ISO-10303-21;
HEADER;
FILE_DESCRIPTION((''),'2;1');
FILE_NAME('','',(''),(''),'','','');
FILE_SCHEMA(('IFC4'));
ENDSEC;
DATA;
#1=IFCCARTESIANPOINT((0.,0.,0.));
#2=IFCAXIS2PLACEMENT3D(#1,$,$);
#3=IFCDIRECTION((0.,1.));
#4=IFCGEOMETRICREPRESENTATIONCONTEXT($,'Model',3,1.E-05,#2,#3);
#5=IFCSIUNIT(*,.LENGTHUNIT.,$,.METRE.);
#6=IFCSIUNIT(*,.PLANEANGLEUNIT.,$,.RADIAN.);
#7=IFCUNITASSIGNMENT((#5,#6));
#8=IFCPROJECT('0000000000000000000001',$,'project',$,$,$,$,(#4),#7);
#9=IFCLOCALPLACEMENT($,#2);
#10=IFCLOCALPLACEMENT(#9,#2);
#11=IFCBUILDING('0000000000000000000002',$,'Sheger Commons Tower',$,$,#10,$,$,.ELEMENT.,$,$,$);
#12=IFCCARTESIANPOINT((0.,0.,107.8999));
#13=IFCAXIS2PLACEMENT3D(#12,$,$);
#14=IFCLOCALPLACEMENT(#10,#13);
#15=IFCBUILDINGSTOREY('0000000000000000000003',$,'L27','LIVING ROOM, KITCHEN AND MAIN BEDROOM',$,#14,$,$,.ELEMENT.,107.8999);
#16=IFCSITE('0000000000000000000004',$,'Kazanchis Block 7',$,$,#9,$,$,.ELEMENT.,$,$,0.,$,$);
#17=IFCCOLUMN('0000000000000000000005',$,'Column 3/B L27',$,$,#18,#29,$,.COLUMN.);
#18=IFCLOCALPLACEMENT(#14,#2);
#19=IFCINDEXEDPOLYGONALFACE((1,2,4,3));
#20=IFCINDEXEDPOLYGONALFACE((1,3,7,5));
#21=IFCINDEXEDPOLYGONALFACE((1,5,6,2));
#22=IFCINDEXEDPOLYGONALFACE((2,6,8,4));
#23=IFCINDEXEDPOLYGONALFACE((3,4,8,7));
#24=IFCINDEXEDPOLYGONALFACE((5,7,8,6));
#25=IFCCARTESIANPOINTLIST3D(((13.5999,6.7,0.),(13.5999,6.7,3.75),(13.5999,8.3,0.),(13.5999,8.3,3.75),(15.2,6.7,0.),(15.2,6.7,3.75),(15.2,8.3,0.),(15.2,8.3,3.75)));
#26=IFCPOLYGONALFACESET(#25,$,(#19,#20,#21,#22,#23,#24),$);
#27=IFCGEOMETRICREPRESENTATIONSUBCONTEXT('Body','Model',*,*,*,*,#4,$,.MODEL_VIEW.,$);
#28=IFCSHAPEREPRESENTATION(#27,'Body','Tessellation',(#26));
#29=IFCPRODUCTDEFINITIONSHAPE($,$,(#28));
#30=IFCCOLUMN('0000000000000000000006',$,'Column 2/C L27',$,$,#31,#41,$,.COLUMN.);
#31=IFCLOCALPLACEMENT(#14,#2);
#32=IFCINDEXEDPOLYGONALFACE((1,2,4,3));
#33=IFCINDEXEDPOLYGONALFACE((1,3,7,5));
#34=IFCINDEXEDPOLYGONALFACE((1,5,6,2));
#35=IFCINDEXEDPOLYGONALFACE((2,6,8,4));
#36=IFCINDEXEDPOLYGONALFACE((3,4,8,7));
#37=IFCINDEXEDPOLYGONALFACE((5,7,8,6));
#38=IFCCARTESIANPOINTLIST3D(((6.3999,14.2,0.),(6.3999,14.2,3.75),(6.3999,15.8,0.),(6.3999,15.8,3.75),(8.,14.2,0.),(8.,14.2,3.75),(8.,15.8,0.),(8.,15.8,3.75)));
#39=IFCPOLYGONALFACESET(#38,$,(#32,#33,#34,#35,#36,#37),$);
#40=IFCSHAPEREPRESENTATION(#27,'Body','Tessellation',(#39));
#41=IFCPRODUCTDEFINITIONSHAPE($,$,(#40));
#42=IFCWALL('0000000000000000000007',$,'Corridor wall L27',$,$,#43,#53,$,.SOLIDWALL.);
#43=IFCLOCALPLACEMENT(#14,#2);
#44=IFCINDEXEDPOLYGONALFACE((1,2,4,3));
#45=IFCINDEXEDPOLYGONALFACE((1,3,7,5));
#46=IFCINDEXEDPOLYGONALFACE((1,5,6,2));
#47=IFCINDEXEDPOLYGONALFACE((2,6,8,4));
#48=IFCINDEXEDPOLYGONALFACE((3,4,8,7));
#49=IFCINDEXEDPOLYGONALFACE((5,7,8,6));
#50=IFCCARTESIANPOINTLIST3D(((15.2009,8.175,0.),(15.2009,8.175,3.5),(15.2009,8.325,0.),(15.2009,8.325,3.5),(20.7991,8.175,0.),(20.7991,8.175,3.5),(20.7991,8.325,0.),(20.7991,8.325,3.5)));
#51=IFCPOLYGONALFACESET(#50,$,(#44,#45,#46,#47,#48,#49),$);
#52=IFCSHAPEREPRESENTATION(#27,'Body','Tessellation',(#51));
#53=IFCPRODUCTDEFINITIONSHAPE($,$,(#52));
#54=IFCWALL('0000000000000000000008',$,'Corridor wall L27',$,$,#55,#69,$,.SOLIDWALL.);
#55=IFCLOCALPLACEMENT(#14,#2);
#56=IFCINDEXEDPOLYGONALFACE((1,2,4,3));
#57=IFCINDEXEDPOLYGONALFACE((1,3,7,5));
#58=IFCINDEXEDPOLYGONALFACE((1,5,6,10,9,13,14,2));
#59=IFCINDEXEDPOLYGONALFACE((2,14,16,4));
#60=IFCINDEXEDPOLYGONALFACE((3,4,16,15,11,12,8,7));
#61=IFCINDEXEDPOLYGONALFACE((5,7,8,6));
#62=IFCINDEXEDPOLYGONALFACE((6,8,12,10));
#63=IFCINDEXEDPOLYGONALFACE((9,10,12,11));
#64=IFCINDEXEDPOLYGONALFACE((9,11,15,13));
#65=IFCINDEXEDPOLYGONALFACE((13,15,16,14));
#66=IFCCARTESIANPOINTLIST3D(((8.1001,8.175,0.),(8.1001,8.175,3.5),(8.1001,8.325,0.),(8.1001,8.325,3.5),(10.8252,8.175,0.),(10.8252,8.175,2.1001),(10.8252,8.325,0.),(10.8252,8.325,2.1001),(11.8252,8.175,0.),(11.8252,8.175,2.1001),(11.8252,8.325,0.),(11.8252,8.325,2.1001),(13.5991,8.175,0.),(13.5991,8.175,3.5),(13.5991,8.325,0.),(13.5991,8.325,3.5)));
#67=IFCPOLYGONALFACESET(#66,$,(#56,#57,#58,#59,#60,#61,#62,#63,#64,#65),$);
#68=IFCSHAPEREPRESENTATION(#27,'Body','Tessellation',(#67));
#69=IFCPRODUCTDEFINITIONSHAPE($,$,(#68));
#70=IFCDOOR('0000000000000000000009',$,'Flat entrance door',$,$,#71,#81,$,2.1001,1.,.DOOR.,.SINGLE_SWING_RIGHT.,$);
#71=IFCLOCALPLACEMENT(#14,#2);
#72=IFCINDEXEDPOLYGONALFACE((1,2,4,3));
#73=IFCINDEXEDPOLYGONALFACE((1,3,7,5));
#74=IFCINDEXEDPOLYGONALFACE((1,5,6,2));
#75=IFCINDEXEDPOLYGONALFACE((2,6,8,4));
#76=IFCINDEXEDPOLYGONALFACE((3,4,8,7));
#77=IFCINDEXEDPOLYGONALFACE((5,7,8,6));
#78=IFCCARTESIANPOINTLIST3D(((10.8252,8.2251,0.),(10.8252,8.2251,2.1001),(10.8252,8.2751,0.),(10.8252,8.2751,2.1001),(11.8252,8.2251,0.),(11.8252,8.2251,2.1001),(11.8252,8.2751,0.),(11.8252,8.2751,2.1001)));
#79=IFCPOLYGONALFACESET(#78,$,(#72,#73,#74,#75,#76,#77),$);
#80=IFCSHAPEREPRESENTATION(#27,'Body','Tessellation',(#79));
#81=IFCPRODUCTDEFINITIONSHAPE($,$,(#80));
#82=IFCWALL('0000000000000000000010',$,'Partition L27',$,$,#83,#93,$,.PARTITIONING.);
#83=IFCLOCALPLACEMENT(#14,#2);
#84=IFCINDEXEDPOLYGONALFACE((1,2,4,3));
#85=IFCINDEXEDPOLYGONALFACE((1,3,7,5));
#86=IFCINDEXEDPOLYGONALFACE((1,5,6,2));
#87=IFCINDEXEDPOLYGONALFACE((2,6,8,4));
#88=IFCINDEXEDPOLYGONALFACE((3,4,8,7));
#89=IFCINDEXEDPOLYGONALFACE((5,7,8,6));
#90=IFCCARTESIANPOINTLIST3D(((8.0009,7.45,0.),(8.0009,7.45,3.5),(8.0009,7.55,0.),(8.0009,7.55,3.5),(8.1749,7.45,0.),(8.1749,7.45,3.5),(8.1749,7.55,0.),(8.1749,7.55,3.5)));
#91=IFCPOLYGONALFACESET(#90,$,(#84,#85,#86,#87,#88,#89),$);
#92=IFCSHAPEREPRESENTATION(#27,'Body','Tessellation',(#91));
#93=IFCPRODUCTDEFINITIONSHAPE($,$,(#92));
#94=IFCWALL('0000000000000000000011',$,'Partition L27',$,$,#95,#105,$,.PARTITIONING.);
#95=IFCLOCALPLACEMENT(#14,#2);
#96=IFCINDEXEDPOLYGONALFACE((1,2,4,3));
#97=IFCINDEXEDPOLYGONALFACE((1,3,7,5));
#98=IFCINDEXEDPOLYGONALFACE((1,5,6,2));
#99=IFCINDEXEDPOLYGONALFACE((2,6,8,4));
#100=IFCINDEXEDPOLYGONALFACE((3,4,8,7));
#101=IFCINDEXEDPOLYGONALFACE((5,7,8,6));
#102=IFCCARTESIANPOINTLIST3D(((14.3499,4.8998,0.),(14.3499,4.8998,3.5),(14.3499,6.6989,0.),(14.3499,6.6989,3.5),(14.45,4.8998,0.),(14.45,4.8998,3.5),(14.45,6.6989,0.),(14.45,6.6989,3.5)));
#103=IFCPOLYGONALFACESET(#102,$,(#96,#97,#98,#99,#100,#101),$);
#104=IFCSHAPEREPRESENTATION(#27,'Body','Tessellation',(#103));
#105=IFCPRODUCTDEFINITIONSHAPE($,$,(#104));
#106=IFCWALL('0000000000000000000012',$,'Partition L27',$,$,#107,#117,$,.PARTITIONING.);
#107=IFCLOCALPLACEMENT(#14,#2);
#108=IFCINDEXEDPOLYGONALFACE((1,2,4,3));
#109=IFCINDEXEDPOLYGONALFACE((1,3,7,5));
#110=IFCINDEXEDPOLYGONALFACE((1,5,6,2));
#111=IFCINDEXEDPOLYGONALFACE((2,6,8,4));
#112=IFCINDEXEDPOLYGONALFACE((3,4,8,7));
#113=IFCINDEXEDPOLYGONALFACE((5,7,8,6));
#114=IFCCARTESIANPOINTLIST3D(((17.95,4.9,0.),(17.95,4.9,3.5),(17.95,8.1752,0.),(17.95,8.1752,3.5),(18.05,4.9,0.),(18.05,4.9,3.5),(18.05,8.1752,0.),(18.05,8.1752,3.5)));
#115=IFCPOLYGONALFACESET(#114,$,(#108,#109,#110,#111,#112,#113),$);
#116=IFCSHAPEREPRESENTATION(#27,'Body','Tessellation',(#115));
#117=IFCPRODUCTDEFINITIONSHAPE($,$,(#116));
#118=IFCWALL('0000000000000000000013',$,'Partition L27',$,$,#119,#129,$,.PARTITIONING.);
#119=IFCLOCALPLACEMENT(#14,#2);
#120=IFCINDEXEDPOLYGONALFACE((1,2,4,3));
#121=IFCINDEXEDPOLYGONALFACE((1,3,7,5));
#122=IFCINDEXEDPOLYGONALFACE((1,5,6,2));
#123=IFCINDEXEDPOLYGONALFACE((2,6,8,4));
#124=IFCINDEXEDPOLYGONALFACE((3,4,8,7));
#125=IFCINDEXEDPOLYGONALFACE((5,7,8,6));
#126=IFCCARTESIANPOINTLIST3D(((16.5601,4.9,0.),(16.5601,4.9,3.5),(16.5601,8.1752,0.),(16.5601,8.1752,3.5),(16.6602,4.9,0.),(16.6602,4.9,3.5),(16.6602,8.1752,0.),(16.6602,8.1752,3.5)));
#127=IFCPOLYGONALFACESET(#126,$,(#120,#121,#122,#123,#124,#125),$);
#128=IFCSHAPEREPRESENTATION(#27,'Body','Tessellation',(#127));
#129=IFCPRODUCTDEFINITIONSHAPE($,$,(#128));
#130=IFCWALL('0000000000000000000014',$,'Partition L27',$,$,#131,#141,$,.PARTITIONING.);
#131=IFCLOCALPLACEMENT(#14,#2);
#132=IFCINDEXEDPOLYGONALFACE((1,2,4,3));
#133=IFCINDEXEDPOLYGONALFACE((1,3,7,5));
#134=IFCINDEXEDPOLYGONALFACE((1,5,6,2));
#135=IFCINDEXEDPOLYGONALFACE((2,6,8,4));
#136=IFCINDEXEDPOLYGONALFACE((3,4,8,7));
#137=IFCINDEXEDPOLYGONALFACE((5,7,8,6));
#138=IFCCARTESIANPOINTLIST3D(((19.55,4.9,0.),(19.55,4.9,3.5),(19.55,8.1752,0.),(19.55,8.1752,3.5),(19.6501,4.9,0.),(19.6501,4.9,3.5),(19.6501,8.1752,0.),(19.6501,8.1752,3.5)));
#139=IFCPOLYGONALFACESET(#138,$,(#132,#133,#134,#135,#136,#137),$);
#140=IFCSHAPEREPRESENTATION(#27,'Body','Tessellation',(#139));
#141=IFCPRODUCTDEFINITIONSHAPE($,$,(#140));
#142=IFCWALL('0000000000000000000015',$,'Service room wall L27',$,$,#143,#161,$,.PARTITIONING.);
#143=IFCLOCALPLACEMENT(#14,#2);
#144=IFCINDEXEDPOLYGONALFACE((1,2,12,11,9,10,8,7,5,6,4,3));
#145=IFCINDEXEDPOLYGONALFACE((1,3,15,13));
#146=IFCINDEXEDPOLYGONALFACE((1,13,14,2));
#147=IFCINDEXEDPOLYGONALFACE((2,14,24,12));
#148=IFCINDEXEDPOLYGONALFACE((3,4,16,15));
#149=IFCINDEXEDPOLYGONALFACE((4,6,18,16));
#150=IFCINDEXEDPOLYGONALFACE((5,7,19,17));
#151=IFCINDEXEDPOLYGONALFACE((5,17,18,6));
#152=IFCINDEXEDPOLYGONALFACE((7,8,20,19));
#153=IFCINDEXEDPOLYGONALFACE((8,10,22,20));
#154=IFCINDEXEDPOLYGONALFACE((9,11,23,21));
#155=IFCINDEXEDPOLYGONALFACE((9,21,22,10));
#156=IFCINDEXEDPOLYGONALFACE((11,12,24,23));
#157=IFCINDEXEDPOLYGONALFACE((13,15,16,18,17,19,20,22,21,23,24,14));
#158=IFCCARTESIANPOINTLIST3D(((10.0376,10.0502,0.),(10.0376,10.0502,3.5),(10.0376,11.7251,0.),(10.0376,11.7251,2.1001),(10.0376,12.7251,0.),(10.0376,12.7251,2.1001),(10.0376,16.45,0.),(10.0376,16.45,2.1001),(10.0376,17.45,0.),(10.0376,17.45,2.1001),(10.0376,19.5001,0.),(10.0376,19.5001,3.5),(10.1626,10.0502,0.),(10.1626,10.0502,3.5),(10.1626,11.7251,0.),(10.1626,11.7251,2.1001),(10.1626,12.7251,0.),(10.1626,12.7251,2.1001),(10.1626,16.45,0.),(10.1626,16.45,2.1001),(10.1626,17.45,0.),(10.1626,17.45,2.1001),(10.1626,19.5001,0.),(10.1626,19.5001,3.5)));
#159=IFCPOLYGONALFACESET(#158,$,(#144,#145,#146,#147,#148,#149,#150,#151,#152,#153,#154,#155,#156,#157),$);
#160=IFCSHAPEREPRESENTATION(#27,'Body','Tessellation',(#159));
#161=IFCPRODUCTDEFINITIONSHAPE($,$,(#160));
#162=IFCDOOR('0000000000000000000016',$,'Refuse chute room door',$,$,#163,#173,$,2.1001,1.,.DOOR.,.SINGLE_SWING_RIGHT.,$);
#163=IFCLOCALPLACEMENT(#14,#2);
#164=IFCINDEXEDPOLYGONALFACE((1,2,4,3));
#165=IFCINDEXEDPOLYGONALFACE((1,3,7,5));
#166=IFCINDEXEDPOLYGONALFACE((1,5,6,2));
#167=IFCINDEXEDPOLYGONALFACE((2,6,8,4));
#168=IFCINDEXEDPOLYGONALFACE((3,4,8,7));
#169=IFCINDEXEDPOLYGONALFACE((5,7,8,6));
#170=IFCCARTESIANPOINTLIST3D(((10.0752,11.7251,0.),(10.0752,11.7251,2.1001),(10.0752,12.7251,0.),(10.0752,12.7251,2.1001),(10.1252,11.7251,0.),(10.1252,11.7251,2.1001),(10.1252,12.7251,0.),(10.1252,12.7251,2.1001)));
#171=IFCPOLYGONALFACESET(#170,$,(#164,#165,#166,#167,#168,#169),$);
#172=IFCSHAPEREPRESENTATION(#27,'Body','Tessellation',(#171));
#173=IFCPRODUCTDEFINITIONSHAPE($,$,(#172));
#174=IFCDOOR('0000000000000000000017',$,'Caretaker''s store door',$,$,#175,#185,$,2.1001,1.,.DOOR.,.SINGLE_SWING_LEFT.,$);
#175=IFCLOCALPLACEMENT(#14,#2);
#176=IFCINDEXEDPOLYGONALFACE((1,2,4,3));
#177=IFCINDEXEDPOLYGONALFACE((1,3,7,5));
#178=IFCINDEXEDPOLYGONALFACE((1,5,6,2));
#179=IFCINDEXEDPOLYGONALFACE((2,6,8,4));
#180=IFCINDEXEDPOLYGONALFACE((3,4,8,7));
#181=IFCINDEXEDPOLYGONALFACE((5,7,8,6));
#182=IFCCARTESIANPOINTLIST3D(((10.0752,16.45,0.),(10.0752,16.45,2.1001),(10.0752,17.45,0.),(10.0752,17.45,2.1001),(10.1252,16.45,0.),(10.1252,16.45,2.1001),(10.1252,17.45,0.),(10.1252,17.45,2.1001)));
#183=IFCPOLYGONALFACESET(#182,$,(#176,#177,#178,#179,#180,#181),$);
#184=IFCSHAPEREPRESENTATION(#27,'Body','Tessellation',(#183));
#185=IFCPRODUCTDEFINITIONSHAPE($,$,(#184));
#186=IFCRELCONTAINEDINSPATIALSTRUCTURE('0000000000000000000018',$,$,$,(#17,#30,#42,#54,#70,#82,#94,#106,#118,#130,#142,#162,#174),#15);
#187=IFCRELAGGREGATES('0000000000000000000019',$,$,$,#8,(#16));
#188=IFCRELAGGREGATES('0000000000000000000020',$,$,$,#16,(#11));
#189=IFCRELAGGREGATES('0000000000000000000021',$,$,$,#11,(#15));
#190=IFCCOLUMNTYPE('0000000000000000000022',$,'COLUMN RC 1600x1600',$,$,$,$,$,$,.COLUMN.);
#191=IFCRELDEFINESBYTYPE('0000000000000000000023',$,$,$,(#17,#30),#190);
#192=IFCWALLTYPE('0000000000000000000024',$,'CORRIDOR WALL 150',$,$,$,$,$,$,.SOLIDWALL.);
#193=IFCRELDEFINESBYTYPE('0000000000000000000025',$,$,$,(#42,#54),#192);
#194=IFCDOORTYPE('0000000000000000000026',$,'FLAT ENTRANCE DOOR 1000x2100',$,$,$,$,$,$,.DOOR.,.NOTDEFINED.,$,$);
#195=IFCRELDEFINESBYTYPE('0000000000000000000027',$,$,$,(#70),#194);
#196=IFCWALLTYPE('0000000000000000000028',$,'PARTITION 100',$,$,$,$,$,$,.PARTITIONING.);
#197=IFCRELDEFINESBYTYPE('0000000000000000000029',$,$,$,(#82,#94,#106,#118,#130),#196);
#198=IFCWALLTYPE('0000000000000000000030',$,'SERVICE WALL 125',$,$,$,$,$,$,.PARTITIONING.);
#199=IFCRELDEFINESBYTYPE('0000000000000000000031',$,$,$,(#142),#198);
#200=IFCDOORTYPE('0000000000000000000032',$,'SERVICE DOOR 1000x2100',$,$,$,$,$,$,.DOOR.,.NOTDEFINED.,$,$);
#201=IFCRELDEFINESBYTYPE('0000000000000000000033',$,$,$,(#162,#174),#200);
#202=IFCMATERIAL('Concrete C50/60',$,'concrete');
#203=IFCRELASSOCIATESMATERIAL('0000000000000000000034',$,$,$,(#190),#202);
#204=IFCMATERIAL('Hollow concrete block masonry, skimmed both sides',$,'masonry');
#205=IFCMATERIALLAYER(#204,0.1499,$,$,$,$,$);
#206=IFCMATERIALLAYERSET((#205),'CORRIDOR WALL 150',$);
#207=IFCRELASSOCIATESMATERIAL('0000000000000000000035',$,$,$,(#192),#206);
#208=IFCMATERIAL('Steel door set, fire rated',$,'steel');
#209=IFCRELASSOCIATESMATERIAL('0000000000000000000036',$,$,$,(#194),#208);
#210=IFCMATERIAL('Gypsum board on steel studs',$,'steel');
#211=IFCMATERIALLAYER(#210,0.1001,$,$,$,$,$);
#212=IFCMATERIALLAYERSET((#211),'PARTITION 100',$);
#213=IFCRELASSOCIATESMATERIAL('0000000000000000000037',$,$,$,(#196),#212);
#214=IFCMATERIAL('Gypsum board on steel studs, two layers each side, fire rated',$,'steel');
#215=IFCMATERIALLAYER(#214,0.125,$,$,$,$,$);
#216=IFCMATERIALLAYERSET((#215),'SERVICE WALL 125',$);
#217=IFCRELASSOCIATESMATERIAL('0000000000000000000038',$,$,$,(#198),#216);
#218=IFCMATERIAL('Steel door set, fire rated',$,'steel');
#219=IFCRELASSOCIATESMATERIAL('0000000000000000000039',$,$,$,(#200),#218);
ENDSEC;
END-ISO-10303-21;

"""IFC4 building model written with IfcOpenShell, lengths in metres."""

from ifc_helpers import new_model, si_unit, direction, frame, frame_2d, origin, origin_2d, place, context, subcontext, project, spatial, rectangle, extrude, material, layer, layer_set, material_profile, profile_set, type_object, element, fill, save


model = new_model("IFC4")

# Units and contexts
model_context = context("Model", 3, precision=1e-05, world=origin(), true_north=direction((0.0, 1.0)))
body_context = subcontext(model_context, "Body", "Model", "MODEL_VIEW")
ifc_project = project(units=[si_unit("LENGTHUNIT", "METRE"), si_unit("PLANEANGLEUNIT", "RADIAN")], contexts=[model_context])

# Site, building, storey
site_placement = place(None, origin())
site = spatial("IfcSite", under=ifc_project, at=site_placement, Name="Kazanchis Block 7", CompositionType="ELEMENT", RefElevation=0.0)
building_placement = place(site_placement, origin())
building = spatial("IfcBuilding", under=site, at=building_placement, Name="Sheger Commons Tower", CompositionType="ELEMENT")
storey_placement = place(building_placement, frame((0.0, 0.0, 107.8999)))
storey = spatial("IfcBuildingStorey", under=building, at=storey_placement, Name="L27", Description="LIVING ROOM, KITCHEN AND MAIN BEDROOM", CompositionType="ELEMENT", Elevation=107.8999)

# Columns
ifc_material_1 = material(Name="Concrete C50/60", Category="concrete")
ifc_material_profile = material_profile(ifc_material_1, rectangle(XDim=1.6001, YDim=1.6001, at=origin_2d()), Name="RC 1600x1600")
ifc_profile_set = profile_set([ifc_material_profile], Name="Concrete C50/60")
column_type = type_object("IfcColumnType", Name="COLUMN RC 1600x1600", PredefinedType="COLUMN", material=ifc_profile_set)
for number, where, z_axis, x_axis, name in (
    (1, (14.3999, 7.5, 0.0), (0.0, 0.0, 1.0), (1.0, 0.0, 0.0), "Column 3/B L27"),
    (2, (7.2, 15.0, 0.0), (0.0, 0.0, 1.0), (1.0, 0.0, 0.0), "Column 2/C L27"),
):
    element("IfcColumn", number, at=place(storey_placement, frame(where, z_axis=z_axis, x_axis=x_axis)), inside=storey, type_object=column_type, Name=name, PredefinedType="COLUMN", context=body_context, shape_type="SweptSolid", body=[
        extrude(rectangle(XDim=1.6001, YDim=1.6001, at=origin_2d()), origin(), (0.0, 0.0, 1.0), 3.75),
    ])

# Wall
ifc_material_2 = material(Name="Hollow concrete block masonry, skimmed both sides", Category="masonry")
ifc_layer_1 = layer(ifc_material_2, 0.1499)
ifc_layer_set_1 = layer_set([ifc_layer_1], Name="CORRIDOR WALL 150")
wall_type_1 = type_object("IfcWallType", Name="CORRIDOR WALL 150", PredefinedType="SOLIDWALL", material=ifc_layer_set_1)
wall_1_placement = place(storey_placement, frame((20.7991, 8.25, 0.0), z_axis=(0.0, 0.0, 1.0), x_axis=(-1.0, 0.0, 0.0)))
element("IfcWall", 3, at=wall_1_placement, inside=storey, type_object=wall_type_1, Name="Corridor wall L27", PredefinedType="SOLIDWALL", context=body_context, shape_type="SweptSolid", body=[
    extrude(rectangle(XDim=5.5981, YDim=0.1499, at=frame_2d((2.7991, 0.0))), origin(), (0.0, 0.0, 1.0), 3.5),
])

# Wall, opening, door
wall_2_placement = place(storey_placement, frame((13.5991, 8.25, 0.0), z_axis=(0.0, 0.0, 1.0), x_axis=(-1.0, 0.0, 0.0)))
wall_2 = element("IfcWall", 4, at=wall_2_placement, inside=storey, type_object=wall_type_1, Name="Corridor wall L27", PredefinedType="SOLIDWALL", context=body_context, shape_type="SweptSolid", body=[
    extrude(rectangle(XDim=5.499, YDim=0.1499, at=frame_2d((2.7495, 0.0))), origin(), (0.0, 0.0, 1.0), 3.5),
])
opening_1_placement = place(wall_2_placement, frame((1.7739, 0.0, 0.0)))
opening_1 = element("IfcOpeningElement", 5, at=opening_1_placement, cuts=wall_2, PredefinedType="OPENING", context=body_context, shape_type="SweptSolid", body=[
    extrude(rectangle(XDim=1.0, YDim=2.1001, at=frame_2d((0.5, 1.05))), frame((0.0, 0.085, 0.0), z_axis=(0.0, -1.0, 0.0), x_axis=(1.0, 0.0, 0.0)), (0.0, 0.0, 1.0), 0.1699),
])
ifc_material_3 = material(Name="Steel door set, fire rated", Category="steel")
door_type_1 = type_object("IfcDoorType", Name="FLAT ENTRANCE DOOR 1000x2100", OperationType="NOTDEFINED", PredefinedType="DOOR", material=ifc_material_3)
door_1_placement = place(opening_1_placement, origin())
door_1 = element("IfcDoor", 6, at=door_1_placement, inside=storey, type_object=door_type_1, Name="Flat entrance door", OperationType="SINGLE_SWING_RIGHT", OverallHeight=2.1001, OverallWidth=1.0, PredefinedType="DOOR", context=body_context, shape_type="SweptSolid", body=[
    extrude(rectangle(XDim=1.0, YDim=2.1001, at=frame_2d((0.5, 1.05))), frame((0.0, 0.0249, 0.0), z_axis=(0.0, -1.0, 0.0), x_axis=(1.0, 0.0, 0.0)), (0.0, 0.0, 1.0), 0.05),
])
fill(opening_1, door_1)

# Walls
ifc_material_4 = material(Name="Gypsum board on steel studs", Category="steel")
ifc_layer_2 = layer(ifc_material_4, 0.1001)
ifc_layer_set_2 = layer_set([ifc_layer_2], Name="PARTITION 100")
wall_type_2 = type_object("IfcWallType", Name="PARTITION 100", PredefinedType="PARTITIONING", material=ifc_layer_set_2)
wall_3_placement = place(storey_placement, frame((8.001, 7.5, 0.0), z_axis=(0.0, 0.0, 1.0), x_axis=(1.0, 0.0, 0.0)))
element("IfcWall", 7, at=wall_3_placement, inside=storey, type_object=wall_type_2, Name="Partition L27", PredefinedType="PARTITIONING", context=body_context, shape_type="SweptSolid", body=[
    extrude(rectangle(XDim=0.1741, YDim=0.1001, at=frame_2d((0.0869, 0.0))), origin(), (0.0, 0.0, 1.0), 3.5),
])
wall_4_placement = place(storey_placement, frame((14.3999, 4.8999, 0.0), z_axis=(0.0, 0.0, 1.0), x_axis=(0.0, 1.0, 0.0)))
element("IfcWall", 8, at=wall_4_placement, inside=storey, type_object=wall_type_2, Name="Partition L27", PredefinedType="PARTITIONING", context=body_context, shape_type="SweptSolid", body=[
    extrude(rectangle(XDim=1.7991, YDim=0.1001, at=frame_2d((0.8994, 0.0))), origin(), (0.0, 0.0, 1.0), 3.5),
])
for number, where, z_axis, x_axis, name in (
    (9, (18.0, 4.8999, 0.0), (0.0, 0.0, 1.0), (0.0, 1.0, 0.0), "Partition L27"),
    (10, (16.6101, 4.8999, 0.0), (0.0, 0.0, 1.0), (0.0, 1.0, 0.0), "Partition L27"),
    (11, (19.6001, 4.8999, 0.0), (0.0, 0.0, 1.0), (0.0, 1.0, 0.0), "Partition L27"),
):
    element("IfcWall", number, at=place(storey_placement, frame(where, z_axis=z_axis, x_axis=x_axis)), inside=storey, type_object=wall_type_2, Name=name, PredefinedType="PARTITIONING", context=body_context, shape_type="SweptSolid", body=[
        extrude(rectangle(XDim=3.2751, YDim=0.1001, at=frame_2d((1.6377, 0.0))), origin(), (0.0, 0.0, 1.0), 3.5),
    ])

# Wall, openings, doors
ifc_material_5 = material(Name="Gypsum board on steel studs, two layers each side, fire rated", Category="steel")
ifc_layer_3 = layer(ifc_material_5, 0.125)
ifc_layer_set_3 = layer_set([ifc_layer_3], Name="SERVICE WALL 125")
wall_type_3 = type_object("IfcWallType", Name="SERVICE WALL 125", PredefinedType="PARTITIONING", material=ifc_layer_set_3)
wall_5_placement = place(storey_placement, frame((10.1001, 10.05, 0.0), z_axis=(0.0, 0.0, 1.0), x_axis=(0.0, 1.0, 0.0)))
wall_5 = element("IfcWall", 12, at=wall_5_placement, inside=storey, type_object=wall_type_3, Name="Service room wall L27", PredefinedType="PARTITIONING", context=body_context, shape_type="SweptSolid", body=[
    extrude(rectangle(XDim=9.45, YDim=0.125, at=frame_2d((4.7251, 0.0))), origin(), (0.0, 0.0, 1.0), 3.5),
])
opening_2_placement = place(wall_5_placement, frame((1.675, 0.0, 0.0)))
opening_2 = element("IfcOpeningElement", 13, at=opening_2_placement, cuts=wall_5, PredefinedType="OPENING", context=body_context, shape_type="SweptSolid", body=[
    extrude(rectangle(XDim=1.0, YDim=2.1001, at=frame_2d((0.5, 1.05))), frame((0.0, 0.0725, 0.0), z_axis=(0.0, -1.0, 0.0), x_axis=(1.0, 0.0, 0.0)), (0.0, 0.0, 1.0), 0.145),
])
opening_3_placement = place(wall_5_placement, frame((6.3999, 0.0, 0.0)))
opening_3 = element("IfcOpeningElement", 14, at=opening_3_placement, cuts=wall_5, PredefinedType="OPENING", context=body_context, shape_type="SweptSolid", body=[
    extrude(rectangle(XDim=1.0, YDim=2.1001, at=frame_2d((0.5, 1.05))), frame((0.0, 0.0725, 0.0), z_axis=(0.0, -1.0, 0.0), x_axis=(1.0, 0.0, 0.0)), (0.0, 0.0, 1.0), 0.145),
])
ifc_material_6 = material(Name="Steel door set, fire rated", Category="steel")
door_type_2 = type_object("IfcDoorType", Name="SERVICE DOOR 1000x2100", OperationType="NOTDEFINED", PredefinedType="DOOR", material=ifc_material_6)
door_2_placement = place(opening_2_placement, origin())
door_2 = element("IfcDoor", 15, at=door_2_placement, inside=storey, type_object=door_type_2, Name="Refuse chute room door", OperationType="SINGLE_SWING_RIGHT", OverallHeight=2.1001, OverallWidth=1.0, PredefinedType="DOOR", context=body_context, shape_type="SweptSolid", body=[
    extrude(rectangle(XDim=1.0, YDim=2.1001, at=frame_2d((0.5, 1.05))), frame((0.0, 0.0249, 0.0), z_axis=(0.0, -1.0, 0.0), x_axis=(1.0, 0.0, 0.0)), (0.0, 0.0, 1.0), 0.05),
])
fill(opening_2, door_2)
door_3_placement = place(opening_3_placement, origin())
door_3 = element("IfcDoor", 16, at=door_3_placement, inside=storey, type_object=door_type_2, Name="Caretaker's store door", OperationType="SINGLE_SWING_LEFT", OverallHeight=2.1001, OverallWidth=1.0, PredefinedType="DOOR", context=body_context, shape_type="SweptSolid", body=[
    extrude(rectangle(XDim=1.0, YDim=2.1001, at=frame_2d((0.5, 1.05))), frame((0.0, 0.0249, 0.0), z_axis=(0.0, -1.0, 0.0), x_axis=(1.0, 0.0, 0.0)), (0.0, 0.0, 1.0), 0.05),
])
fill(opening_3, door_3)

save(model, "model.ifc")
